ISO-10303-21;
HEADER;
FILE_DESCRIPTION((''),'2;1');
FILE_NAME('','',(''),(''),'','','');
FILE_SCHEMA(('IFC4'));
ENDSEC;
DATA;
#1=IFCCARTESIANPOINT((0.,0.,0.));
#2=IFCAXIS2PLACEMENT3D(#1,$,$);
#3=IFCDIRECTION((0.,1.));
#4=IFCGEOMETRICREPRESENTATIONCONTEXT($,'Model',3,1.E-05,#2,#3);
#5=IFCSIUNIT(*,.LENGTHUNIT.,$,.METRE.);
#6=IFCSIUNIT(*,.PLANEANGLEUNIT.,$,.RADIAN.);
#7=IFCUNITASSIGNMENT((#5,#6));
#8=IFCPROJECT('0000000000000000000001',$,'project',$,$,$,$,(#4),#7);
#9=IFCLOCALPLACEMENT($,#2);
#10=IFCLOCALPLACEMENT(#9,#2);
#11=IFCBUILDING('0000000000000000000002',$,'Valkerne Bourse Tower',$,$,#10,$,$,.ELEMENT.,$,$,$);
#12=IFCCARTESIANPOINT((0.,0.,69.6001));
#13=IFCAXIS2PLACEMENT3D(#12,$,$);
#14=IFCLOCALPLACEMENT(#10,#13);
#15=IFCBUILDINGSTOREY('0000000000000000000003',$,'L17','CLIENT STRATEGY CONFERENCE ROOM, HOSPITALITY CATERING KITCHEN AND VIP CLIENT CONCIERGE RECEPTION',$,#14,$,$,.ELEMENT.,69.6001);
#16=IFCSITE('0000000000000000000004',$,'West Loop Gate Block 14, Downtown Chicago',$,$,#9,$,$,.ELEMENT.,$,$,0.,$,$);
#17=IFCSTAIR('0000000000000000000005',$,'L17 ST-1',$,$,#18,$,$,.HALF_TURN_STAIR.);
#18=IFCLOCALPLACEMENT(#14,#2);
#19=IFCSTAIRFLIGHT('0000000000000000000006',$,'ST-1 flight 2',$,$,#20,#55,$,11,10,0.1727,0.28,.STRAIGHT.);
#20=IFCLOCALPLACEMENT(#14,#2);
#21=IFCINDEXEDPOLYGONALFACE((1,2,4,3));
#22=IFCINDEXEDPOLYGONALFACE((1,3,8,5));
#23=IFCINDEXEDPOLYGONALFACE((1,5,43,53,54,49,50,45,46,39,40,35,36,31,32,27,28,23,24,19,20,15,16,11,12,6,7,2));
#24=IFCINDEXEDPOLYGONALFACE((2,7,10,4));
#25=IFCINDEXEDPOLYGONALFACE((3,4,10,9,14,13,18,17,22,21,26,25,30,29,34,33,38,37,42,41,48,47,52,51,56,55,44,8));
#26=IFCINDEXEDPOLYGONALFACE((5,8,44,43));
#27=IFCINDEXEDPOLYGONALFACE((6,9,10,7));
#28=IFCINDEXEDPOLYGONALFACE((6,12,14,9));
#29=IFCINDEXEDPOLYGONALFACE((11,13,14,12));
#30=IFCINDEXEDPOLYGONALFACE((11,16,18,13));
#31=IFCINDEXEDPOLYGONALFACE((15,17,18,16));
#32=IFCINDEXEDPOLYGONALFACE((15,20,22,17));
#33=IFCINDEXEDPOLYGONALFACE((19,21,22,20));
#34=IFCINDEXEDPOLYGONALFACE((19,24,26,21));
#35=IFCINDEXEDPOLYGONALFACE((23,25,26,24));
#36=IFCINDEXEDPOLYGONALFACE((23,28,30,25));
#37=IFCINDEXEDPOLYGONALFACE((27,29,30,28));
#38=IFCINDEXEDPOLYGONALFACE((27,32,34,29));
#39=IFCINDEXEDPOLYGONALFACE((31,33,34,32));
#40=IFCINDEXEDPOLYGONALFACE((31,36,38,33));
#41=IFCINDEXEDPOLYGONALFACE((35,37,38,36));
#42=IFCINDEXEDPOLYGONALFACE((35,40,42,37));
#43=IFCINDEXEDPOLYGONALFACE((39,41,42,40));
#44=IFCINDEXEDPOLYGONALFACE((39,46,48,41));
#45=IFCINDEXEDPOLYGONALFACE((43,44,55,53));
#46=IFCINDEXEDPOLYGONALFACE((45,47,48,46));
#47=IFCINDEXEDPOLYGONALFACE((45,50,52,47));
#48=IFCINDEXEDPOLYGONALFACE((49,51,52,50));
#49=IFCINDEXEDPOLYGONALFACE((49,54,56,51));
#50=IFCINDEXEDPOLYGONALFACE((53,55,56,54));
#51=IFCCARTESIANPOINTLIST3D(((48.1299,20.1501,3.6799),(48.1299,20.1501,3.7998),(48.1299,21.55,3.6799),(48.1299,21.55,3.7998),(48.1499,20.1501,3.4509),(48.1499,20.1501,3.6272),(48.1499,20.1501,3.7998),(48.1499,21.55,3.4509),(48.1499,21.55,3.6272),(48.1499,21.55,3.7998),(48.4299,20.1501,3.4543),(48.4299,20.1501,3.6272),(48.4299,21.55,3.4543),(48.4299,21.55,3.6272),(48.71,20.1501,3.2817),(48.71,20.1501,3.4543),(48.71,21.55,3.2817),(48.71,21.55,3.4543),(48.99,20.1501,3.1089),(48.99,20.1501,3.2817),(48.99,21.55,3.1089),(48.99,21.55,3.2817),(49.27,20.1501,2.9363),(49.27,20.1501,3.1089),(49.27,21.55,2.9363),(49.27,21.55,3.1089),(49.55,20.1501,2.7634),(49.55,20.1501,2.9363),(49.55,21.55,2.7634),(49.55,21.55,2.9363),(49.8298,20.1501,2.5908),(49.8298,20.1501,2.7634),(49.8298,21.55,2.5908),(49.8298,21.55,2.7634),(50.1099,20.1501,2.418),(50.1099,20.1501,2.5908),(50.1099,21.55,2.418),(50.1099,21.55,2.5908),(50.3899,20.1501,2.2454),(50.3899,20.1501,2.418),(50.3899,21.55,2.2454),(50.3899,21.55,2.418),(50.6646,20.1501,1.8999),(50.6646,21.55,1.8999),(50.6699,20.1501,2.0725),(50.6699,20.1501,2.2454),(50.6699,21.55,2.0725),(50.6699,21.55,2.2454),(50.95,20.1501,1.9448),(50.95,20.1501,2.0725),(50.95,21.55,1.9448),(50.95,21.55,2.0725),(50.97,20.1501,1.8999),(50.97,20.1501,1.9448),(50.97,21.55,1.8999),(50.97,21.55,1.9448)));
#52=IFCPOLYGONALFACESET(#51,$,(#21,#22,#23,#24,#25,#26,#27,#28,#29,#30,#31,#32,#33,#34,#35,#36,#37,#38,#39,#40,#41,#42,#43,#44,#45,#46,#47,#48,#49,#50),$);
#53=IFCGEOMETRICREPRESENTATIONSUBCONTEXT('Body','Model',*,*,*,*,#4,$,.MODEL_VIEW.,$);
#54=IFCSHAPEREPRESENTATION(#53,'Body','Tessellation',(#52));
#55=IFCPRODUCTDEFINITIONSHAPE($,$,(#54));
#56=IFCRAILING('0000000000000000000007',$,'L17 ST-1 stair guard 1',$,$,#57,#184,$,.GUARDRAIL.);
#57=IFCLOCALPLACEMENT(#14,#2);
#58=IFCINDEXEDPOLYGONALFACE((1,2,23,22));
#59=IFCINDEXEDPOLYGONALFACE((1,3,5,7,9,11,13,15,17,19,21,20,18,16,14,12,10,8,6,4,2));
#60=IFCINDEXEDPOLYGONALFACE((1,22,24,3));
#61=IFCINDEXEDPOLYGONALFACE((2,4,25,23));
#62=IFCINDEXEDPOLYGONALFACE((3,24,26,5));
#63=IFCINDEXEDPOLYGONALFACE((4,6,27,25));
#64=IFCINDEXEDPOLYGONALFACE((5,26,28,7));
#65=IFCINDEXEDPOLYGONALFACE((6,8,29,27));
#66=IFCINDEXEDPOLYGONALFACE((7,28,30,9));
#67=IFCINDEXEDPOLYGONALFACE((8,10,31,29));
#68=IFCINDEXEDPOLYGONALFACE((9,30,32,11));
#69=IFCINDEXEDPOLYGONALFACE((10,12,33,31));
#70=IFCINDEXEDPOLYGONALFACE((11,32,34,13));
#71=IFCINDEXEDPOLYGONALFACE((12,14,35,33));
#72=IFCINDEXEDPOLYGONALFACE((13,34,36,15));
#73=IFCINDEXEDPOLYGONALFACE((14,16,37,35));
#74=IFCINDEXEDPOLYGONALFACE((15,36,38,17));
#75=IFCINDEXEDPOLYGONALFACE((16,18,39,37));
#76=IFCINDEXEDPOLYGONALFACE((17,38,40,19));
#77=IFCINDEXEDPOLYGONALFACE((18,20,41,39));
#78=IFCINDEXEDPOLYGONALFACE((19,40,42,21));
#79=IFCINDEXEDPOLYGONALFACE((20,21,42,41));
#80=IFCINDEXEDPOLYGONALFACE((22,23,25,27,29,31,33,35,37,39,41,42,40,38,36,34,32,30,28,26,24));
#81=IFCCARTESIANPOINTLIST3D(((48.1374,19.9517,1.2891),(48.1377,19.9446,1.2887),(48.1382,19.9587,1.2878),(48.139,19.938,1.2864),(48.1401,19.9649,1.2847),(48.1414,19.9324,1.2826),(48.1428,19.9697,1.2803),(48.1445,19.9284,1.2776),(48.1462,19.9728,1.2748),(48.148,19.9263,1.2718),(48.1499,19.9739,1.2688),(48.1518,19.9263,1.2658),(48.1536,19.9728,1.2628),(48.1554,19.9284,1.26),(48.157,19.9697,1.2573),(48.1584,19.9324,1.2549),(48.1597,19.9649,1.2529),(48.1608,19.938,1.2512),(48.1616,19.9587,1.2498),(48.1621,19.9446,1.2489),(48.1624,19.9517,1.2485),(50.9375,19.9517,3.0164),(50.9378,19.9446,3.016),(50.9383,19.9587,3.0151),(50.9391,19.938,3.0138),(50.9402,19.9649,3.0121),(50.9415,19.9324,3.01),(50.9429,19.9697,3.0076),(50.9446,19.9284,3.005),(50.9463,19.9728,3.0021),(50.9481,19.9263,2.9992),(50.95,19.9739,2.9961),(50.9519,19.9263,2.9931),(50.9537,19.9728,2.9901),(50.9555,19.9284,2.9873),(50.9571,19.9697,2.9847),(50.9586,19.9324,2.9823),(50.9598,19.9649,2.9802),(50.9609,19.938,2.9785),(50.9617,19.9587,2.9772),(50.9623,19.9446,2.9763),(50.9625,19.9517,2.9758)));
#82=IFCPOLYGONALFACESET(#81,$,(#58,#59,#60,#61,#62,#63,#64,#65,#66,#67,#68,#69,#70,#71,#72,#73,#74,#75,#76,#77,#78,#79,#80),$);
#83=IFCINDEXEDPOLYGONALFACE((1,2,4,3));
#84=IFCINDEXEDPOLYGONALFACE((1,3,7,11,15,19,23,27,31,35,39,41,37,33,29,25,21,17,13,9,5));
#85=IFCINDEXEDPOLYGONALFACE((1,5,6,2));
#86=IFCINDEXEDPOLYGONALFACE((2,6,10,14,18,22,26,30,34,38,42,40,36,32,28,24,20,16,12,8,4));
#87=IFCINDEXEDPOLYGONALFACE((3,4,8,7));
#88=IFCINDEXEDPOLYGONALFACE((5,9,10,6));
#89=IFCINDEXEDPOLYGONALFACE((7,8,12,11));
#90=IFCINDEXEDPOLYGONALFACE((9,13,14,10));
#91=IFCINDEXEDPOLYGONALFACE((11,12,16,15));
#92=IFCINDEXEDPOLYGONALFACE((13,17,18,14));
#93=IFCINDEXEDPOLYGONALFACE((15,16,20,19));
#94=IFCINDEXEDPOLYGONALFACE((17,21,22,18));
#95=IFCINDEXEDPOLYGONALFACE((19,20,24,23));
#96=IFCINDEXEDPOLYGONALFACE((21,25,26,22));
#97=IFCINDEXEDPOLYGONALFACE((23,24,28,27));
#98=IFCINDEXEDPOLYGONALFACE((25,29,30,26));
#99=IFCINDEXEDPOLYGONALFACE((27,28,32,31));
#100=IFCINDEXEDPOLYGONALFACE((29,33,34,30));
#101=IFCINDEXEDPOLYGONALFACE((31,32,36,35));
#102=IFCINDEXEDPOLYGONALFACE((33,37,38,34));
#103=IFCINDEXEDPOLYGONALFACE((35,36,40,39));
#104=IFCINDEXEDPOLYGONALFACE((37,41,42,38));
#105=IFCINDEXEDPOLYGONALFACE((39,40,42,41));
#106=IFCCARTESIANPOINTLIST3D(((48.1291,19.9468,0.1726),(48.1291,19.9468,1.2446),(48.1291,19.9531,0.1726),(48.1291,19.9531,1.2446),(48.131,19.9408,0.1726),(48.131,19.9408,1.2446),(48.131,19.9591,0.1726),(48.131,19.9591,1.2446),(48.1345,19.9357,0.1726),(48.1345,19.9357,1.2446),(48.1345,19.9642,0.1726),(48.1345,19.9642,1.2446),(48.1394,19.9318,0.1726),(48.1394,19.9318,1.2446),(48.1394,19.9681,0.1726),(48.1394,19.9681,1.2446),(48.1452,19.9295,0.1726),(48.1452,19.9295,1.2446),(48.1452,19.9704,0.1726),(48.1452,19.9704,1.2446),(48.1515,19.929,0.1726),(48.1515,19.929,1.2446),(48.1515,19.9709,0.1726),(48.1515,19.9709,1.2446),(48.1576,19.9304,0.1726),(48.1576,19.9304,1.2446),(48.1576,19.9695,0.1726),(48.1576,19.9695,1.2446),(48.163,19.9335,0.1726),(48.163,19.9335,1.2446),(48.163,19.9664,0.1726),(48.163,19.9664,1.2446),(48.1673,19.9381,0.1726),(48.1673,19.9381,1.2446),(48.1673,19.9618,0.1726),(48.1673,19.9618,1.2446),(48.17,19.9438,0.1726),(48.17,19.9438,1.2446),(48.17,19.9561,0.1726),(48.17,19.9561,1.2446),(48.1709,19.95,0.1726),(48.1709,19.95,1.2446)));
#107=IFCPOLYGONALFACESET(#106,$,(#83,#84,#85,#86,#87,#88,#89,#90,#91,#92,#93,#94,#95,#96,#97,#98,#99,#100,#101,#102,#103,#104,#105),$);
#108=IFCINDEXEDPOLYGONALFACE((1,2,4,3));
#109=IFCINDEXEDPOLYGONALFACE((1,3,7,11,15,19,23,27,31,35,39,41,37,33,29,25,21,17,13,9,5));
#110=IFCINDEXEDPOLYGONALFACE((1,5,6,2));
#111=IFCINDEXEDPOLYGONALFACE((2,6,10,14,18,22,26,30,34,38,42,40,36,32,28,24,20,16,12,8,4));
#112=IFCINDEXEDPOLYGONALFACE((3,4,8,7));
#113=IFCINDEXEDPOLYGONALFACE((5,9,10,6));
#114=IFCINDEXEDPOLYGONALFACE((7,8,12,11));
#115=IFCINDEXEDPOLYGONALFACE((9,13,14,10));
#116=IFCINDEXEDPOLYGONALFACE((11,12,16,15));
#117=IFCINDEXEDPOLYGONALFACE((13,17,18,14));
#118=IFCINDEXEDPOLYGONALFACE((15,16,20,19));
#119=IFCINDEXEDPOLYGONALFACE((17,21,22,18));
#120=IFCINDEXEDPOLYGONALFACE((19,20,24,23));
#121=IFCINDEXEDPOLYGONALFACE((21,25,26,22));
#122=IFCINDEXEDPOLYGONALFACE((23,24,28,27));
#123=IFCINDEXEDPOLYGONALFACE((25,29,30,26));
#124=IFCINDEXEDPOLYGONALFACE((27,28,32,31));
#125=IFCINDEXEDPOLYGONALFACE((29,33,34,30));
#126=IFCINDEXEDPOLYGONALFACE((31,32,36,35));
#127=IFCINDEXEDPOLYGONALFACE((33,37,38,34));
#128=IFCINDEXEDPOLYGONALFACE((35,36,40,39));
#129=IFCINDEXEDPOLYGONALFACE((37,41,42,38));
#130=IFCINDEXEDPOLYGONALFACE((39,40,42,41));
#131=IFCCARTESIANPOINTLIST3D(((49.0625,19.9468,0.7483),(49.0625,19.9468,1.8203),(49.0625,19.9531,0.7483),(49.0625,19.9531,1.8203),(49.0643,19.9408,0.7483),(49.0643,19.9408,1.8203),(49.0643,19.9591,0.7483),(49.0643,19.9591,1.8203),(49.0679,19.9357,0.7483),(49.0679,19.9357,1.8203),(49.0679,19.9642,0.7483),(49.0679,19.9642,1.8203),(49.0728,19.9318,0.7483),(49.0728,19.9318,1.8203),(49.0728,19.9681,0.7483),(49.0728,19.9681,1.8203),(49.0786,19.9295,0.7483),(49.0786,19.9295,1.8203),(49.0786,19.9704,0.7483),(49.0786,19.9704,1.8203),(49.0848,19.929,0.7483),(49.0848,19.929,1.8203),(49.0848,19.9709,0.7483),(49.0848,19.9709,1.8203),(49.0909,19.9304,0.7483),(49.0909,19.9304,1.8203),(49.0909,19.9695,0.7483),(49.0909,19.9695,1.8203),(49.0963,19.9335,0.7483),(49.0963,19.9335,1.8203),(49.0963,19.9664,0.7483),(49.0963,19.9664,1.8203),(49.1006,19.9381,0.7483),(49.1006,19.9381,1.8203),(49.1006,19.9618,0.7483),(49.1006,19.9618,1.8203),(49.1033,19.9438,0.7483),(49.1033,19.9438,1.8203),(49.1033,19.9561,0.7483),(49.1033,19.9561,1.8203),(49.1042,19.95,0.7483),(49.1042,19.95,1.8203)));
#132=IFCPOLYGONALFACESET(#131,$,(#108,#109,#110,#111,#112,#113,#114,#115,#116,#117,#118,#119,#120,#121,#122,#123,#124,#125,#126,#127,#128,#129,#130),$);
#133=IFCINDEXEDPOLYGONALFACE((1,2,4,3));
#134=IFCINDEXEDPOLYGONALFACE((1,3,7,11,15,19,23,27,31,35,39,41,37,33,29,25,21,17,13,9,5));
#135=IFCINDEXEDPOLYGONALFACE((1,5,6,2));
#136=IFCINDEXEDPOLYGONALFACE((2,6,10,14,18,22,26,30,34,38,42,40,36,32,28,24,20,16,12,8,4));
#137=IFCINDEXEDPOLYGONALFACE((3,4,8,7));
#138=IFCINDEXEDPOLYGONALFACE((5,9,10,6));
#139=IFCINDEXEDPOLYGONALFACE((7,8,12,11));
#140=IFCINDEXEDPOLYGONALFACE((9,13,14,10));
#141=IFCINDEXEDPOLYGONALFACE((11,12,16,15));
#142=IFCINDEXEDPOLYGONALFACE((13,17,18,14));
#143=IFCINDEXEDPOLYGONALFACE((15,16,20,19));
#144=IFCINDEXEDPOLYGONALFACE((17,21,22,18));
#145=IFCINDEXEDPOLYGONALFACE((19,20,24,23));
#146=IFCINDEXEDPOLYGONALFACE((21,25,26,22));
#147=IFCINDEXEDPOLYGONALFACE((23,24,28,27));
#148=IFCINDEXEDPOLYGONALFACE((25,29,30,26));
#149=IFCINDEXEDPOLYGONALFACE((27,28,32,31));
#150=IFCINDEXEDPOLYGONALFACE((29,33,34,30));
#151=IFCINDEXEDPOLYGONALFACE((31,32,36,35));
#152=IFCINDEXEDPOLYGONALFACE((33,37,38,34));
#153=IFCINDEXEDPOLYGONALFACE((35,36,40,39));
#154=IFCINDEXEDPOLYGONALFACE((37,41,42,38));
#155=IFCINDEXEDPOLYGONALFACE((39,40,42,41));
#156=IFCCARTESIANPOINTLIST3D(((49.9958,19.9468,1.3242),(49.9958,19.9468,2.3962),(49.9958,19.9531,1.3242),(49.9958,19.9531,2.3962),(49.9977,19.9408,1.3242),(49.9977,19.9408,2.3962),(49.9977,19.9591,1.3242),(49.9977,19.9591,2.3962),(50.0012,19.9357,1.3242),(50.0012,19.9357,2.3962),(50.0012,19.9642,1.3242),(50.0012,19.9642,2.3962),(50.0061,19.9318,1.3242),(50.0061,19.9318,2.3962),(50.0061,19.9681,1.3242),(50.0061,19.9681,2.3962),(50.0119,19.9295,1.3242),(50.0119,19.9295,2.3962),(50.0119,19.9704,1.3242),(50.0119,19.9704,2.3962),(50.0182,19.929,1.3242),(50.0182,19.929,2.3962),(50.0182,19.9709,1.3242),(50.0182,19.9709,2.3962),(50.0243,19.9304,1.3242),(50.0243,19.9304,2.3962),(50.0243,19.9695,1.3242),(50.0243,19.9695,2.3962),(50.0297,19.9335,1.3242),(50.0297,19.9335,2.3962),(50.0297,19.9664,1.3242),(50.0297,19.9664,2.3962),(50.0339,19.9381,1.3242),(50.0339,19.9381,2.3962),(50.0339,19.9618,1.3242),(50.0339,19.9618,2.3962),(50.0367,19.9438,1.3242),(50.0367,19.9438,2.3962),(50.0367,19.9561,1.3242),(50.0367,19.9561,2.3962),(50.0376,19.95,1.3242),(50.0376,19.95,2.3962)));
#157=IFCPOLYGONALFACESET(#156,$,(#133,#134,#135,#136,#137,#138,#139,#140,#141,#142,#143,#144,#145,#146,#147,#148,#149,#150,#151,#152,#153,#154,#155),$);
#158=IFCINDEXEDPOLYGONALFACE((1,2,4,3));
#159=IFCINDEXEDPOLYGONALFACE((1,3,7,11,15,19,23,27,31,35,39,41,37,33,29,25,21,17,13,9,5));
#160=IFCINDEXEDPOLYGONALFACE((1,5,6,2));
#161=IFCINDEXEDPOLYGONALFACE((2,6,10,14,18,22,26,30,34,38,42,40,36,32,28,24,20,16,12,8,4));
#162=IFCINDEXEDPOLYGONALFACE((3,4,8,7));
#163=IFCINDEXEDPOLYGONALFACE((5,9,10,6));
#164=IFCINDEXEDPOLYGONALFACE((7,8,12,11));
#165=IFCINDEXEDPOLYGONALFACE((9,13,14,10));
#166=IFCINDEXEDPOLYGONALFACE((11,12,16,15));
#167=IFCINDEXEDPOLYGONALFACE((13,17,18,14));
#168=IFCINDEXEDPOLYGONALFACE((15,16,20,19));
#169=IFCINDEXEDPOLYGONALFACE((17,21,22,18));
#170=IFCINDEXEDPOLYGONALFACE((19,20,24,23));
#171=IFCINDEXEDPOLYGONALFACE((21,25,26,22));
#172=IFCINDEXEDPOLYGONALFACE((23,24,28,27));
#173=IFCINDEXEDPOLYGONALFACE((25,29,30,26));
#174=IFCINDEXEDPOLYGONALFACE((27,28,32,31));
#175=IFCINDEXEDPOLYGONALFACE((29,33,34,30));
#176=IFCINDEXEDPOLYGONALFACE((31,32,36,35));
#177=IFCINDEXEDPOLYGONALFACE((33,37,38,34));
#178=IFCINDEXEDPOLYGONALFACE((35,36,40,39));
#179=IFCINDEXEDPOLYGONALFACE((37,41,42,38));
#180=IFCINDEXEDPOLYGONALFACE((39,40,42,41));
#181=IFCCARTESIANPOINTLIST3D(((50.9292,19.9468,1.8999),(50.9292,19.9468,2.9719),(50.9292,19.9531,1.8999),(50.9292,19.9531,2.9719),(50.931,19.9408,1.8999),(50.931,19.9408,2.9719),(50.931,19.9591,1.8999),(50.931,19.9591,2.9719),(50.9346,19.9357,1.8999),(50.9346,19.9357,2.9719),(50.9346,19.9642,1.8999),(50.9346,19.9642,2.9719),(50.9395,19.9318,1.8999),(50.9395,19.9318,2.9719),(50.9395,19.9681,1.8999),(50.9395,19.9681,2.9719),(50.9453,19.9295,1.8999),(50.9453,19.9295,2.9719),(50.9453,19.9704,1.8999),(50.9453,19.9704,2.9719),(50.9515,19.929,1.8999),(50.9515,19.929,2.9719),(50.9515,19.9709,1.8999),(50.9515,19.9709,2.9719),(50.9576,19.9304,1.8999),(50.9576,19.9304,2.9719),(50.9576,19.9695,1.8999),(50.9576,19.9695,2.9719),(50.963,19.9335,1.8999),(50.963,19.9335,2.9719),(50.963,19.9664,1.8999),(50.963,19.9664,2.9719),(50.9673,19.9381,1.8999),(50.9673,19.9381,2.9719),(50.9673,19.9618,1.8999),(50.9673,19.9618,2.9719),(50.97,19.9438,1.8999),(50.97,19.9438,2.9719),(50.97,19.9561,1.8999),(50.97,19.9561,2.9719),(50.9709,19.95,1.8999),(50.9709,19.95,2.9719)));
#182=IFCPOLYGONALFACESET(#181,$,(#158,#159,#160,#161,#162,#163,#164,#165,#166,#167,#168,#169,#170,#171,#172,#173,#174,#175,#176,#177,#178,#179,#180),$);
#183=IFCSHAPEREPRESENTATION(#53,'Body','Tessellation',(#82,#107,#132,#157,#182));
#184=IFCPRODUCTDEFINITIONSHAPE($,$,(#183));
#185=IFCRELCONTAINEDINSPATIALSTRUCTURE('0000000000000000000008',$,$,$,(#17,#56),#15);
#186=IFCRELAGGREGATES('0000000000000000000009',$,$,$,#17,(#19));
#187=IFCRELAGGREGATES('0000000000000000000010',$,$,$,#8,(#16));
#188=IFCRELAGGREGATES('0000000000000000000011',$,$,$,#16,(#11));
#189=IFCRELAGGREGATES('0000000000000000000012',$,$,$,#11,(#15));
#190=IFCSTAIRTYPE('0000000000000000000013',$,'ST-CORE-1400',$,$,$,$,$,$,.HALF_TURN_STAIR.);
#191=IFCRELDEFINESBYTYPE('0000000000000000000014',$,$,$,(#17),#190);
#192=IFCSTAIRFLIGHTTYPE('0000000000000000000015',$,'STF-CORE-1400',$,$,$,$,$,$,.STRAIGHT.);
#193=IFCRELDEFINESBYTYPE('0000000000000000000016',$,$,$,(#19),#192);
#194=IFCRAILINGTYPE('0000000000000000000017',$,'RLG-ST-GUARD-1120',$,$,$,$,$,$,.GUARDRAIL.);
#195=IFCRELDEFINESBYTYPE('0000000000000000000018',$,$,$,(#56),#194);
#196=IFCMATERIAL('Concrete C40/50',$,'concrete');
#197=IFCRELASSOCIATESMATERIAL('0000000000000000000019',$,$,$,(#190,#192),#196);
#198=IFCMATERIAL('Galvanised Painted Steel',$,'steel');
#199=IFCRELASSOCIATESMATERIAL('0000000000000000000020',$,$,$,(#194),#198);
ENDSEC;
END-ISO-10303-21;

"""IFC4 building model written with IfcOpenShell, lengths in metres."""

from ifc_helpers import new_model, si_unit, direction, frame, origin, origin_2d, place, context, subcontext, project, spatial, polyline, circle, outline, extrude, material, type_object, element, aggregate, save


model = new_model("IFC4")

# Units and contexts
model_context = context("Model", 3, precision=1e-05, world=origin(), true_north=direction((0.0, 1.0)))
body_context = subcontext(model_context, "Body", "Model", "MODEL_VIEW")
ifc_project = project(units=[si_unit("LENGTHUNIT", "METRE"), si_unit("PLANEANGLEUNIT", "RADIAN")], contexts=[model_context])

# Site, building, storey
site_placement = place(None, origin())
site = spatial("IfcSite", under=ifc_project, at=site_placement, Name="West Loop Gate Block 14, Downtown Chicago", CompositionType="ELEMENT", RefElevation=0.0)
building_placement = place(site_placement, origin())
building = spatial("IfcBuilding", under=site, at=building_placement, Name="Valkerne Bourse Tower", CompositionType="ELEMENT")
storey_placement = place(building_placement, frame((0.0, 0.0, 69.6001)))
storey = spatial("IfcBuildingStorey", under=building, at=storey_placement, Name="L17", Description="CLIENT STRATEGY CONFERENCE ROOM, HOSPITALITY CATERING KITCHEN AND VIP CLIENT CONCIERGE RECEPTION", CompositionType="ELEMENT", Elevation=69.6001)

# Shared definitions
ifc_material_1 = material(Name="Galvanised Painted Steel", Category="steel")

# Stair, stair flight
ifc_material_2 = material(Name="Concrete C40/50", Category="concrete")
stair_type = type_object("IfcStairType", Name="ST-CORE-1400", PredefinedType="HALF_TURN_STAIR", material=ifc_material_2)
stair_placement = place(storey_placement, origin())
stair = element("IfcStair", 1, at=stair_placement, inside=storey, type_object=stair_type, Name="L17 ST-1", PredefinedType="HALF_TURN_STAIR")
stair_flight_type = type_object("IfcStairFlightType", Name="STF-CORE-1400", PredefinedType="STRAIGHT", material=ifc_material_2)
stair_flight_1_placement = place(storey_placement, frame((50.95, 20.8501, 1.8999), z_axis=(0.0, 0.0, 1.0), x_axis=(-1.0, 0.0, 0.0)))
stair_flight_1 = element("IfcStairFlight", 2, at=stair_flight_1_placement, type_object=stair_flight_type, Name="ST-1 flight 2", NumberOfRisers=11, NumberOfTreads=10, PredefinedType="STRAIGHT", RiserHeight=0.1727, TreadLength=0.28, context=body_context, shape_type="SweptSolid", body=[
    extrude(outline(polyline([(-0.02, 0.0), (-0.02, 0.0449), (0.0, 0.0449), (0.0, 0.1726), (0.28, 0.1726), (0.28, 0.3455), (0.5601, 0.3455), (0.5601, 0.5181), (0.8401, 0.5181), (0.8401, 0.6909), (1.1201, 0.6909), (1.1201, 0.8635), (1.3999, 0.8635), (1.3999, 1.0364), (1.6799, 1.0364), (1.6799, 1.209), (1.96, 1.209), (1.96, 1.3818), (2.24, 1.3818), (2.24, 1.5544), (2.52, 1.5544), (2.52, 1.7273), (2.8, 1.7273), (2.8, 1.8999), (2.8201, 1.8999), (2.8201, 1.78), (2.8, 1.551), (0.2854, 0.0), (-0.02, 0.0)])), frame((0.0, 0.7, 0.0), z_axis=(0.0, -1.0, 0.0), x_axis=(1.0, 0.0, 0.0)), (0.0, 0.0, 1.0), 1.3999),
])
aggregate(stair, [stair_flight_1])

# Railing
railing_type_1 = type_object("IfcRailingType", Name="RLG-ST-GUARD-1120", PredefinedType="GUARDRAIL", material=ifc_material_1)
railing_1_placement = place(storey_placement, frame((48.1499, 19.95, 0.1726)))
element("IfcRailing", 3, at=railing_1_placement, inside=storey, type_object=railing_type_1, Name="L17 ST-1 stair guard 1", PredefinedType="GUARDRAIL", context=body_context, shape_type="SweptSolid", body=[
    extrude(circle(Radius=0.0239, at=origin_2d()), frame((0.0, 0.0, 1.0962), z_axis=(0.85109, 0.0, 0.52502), x_axis=(0.0, 1.0, 0.0)), (0.0, 0.0, 1.0), 3.29),
    extrude(circle(Radius=0.021, at=origin_2d()), origin(), (0.0, 0.0, 1.0), 1.072),
    extrude(circle(Radius=0.021, at=origin_2d()), frame((0.9333, 0.0, 0.5757)), (0.0, 0.0, 1.0), 1.072),
    extrude(circle(Radius=0.021, at=origin_2d()), frame((1.8667, 0.0, 1.1516)), (0.0, 0.0, 1.0), 1.072),
    extrude(circle(Radius=0.021, at=origin_2d()), frame((2.8, 0.0, 1.7273)), (0.0, 0.0, 1.0), 1.072),
])

save(model, "model.ifc")
